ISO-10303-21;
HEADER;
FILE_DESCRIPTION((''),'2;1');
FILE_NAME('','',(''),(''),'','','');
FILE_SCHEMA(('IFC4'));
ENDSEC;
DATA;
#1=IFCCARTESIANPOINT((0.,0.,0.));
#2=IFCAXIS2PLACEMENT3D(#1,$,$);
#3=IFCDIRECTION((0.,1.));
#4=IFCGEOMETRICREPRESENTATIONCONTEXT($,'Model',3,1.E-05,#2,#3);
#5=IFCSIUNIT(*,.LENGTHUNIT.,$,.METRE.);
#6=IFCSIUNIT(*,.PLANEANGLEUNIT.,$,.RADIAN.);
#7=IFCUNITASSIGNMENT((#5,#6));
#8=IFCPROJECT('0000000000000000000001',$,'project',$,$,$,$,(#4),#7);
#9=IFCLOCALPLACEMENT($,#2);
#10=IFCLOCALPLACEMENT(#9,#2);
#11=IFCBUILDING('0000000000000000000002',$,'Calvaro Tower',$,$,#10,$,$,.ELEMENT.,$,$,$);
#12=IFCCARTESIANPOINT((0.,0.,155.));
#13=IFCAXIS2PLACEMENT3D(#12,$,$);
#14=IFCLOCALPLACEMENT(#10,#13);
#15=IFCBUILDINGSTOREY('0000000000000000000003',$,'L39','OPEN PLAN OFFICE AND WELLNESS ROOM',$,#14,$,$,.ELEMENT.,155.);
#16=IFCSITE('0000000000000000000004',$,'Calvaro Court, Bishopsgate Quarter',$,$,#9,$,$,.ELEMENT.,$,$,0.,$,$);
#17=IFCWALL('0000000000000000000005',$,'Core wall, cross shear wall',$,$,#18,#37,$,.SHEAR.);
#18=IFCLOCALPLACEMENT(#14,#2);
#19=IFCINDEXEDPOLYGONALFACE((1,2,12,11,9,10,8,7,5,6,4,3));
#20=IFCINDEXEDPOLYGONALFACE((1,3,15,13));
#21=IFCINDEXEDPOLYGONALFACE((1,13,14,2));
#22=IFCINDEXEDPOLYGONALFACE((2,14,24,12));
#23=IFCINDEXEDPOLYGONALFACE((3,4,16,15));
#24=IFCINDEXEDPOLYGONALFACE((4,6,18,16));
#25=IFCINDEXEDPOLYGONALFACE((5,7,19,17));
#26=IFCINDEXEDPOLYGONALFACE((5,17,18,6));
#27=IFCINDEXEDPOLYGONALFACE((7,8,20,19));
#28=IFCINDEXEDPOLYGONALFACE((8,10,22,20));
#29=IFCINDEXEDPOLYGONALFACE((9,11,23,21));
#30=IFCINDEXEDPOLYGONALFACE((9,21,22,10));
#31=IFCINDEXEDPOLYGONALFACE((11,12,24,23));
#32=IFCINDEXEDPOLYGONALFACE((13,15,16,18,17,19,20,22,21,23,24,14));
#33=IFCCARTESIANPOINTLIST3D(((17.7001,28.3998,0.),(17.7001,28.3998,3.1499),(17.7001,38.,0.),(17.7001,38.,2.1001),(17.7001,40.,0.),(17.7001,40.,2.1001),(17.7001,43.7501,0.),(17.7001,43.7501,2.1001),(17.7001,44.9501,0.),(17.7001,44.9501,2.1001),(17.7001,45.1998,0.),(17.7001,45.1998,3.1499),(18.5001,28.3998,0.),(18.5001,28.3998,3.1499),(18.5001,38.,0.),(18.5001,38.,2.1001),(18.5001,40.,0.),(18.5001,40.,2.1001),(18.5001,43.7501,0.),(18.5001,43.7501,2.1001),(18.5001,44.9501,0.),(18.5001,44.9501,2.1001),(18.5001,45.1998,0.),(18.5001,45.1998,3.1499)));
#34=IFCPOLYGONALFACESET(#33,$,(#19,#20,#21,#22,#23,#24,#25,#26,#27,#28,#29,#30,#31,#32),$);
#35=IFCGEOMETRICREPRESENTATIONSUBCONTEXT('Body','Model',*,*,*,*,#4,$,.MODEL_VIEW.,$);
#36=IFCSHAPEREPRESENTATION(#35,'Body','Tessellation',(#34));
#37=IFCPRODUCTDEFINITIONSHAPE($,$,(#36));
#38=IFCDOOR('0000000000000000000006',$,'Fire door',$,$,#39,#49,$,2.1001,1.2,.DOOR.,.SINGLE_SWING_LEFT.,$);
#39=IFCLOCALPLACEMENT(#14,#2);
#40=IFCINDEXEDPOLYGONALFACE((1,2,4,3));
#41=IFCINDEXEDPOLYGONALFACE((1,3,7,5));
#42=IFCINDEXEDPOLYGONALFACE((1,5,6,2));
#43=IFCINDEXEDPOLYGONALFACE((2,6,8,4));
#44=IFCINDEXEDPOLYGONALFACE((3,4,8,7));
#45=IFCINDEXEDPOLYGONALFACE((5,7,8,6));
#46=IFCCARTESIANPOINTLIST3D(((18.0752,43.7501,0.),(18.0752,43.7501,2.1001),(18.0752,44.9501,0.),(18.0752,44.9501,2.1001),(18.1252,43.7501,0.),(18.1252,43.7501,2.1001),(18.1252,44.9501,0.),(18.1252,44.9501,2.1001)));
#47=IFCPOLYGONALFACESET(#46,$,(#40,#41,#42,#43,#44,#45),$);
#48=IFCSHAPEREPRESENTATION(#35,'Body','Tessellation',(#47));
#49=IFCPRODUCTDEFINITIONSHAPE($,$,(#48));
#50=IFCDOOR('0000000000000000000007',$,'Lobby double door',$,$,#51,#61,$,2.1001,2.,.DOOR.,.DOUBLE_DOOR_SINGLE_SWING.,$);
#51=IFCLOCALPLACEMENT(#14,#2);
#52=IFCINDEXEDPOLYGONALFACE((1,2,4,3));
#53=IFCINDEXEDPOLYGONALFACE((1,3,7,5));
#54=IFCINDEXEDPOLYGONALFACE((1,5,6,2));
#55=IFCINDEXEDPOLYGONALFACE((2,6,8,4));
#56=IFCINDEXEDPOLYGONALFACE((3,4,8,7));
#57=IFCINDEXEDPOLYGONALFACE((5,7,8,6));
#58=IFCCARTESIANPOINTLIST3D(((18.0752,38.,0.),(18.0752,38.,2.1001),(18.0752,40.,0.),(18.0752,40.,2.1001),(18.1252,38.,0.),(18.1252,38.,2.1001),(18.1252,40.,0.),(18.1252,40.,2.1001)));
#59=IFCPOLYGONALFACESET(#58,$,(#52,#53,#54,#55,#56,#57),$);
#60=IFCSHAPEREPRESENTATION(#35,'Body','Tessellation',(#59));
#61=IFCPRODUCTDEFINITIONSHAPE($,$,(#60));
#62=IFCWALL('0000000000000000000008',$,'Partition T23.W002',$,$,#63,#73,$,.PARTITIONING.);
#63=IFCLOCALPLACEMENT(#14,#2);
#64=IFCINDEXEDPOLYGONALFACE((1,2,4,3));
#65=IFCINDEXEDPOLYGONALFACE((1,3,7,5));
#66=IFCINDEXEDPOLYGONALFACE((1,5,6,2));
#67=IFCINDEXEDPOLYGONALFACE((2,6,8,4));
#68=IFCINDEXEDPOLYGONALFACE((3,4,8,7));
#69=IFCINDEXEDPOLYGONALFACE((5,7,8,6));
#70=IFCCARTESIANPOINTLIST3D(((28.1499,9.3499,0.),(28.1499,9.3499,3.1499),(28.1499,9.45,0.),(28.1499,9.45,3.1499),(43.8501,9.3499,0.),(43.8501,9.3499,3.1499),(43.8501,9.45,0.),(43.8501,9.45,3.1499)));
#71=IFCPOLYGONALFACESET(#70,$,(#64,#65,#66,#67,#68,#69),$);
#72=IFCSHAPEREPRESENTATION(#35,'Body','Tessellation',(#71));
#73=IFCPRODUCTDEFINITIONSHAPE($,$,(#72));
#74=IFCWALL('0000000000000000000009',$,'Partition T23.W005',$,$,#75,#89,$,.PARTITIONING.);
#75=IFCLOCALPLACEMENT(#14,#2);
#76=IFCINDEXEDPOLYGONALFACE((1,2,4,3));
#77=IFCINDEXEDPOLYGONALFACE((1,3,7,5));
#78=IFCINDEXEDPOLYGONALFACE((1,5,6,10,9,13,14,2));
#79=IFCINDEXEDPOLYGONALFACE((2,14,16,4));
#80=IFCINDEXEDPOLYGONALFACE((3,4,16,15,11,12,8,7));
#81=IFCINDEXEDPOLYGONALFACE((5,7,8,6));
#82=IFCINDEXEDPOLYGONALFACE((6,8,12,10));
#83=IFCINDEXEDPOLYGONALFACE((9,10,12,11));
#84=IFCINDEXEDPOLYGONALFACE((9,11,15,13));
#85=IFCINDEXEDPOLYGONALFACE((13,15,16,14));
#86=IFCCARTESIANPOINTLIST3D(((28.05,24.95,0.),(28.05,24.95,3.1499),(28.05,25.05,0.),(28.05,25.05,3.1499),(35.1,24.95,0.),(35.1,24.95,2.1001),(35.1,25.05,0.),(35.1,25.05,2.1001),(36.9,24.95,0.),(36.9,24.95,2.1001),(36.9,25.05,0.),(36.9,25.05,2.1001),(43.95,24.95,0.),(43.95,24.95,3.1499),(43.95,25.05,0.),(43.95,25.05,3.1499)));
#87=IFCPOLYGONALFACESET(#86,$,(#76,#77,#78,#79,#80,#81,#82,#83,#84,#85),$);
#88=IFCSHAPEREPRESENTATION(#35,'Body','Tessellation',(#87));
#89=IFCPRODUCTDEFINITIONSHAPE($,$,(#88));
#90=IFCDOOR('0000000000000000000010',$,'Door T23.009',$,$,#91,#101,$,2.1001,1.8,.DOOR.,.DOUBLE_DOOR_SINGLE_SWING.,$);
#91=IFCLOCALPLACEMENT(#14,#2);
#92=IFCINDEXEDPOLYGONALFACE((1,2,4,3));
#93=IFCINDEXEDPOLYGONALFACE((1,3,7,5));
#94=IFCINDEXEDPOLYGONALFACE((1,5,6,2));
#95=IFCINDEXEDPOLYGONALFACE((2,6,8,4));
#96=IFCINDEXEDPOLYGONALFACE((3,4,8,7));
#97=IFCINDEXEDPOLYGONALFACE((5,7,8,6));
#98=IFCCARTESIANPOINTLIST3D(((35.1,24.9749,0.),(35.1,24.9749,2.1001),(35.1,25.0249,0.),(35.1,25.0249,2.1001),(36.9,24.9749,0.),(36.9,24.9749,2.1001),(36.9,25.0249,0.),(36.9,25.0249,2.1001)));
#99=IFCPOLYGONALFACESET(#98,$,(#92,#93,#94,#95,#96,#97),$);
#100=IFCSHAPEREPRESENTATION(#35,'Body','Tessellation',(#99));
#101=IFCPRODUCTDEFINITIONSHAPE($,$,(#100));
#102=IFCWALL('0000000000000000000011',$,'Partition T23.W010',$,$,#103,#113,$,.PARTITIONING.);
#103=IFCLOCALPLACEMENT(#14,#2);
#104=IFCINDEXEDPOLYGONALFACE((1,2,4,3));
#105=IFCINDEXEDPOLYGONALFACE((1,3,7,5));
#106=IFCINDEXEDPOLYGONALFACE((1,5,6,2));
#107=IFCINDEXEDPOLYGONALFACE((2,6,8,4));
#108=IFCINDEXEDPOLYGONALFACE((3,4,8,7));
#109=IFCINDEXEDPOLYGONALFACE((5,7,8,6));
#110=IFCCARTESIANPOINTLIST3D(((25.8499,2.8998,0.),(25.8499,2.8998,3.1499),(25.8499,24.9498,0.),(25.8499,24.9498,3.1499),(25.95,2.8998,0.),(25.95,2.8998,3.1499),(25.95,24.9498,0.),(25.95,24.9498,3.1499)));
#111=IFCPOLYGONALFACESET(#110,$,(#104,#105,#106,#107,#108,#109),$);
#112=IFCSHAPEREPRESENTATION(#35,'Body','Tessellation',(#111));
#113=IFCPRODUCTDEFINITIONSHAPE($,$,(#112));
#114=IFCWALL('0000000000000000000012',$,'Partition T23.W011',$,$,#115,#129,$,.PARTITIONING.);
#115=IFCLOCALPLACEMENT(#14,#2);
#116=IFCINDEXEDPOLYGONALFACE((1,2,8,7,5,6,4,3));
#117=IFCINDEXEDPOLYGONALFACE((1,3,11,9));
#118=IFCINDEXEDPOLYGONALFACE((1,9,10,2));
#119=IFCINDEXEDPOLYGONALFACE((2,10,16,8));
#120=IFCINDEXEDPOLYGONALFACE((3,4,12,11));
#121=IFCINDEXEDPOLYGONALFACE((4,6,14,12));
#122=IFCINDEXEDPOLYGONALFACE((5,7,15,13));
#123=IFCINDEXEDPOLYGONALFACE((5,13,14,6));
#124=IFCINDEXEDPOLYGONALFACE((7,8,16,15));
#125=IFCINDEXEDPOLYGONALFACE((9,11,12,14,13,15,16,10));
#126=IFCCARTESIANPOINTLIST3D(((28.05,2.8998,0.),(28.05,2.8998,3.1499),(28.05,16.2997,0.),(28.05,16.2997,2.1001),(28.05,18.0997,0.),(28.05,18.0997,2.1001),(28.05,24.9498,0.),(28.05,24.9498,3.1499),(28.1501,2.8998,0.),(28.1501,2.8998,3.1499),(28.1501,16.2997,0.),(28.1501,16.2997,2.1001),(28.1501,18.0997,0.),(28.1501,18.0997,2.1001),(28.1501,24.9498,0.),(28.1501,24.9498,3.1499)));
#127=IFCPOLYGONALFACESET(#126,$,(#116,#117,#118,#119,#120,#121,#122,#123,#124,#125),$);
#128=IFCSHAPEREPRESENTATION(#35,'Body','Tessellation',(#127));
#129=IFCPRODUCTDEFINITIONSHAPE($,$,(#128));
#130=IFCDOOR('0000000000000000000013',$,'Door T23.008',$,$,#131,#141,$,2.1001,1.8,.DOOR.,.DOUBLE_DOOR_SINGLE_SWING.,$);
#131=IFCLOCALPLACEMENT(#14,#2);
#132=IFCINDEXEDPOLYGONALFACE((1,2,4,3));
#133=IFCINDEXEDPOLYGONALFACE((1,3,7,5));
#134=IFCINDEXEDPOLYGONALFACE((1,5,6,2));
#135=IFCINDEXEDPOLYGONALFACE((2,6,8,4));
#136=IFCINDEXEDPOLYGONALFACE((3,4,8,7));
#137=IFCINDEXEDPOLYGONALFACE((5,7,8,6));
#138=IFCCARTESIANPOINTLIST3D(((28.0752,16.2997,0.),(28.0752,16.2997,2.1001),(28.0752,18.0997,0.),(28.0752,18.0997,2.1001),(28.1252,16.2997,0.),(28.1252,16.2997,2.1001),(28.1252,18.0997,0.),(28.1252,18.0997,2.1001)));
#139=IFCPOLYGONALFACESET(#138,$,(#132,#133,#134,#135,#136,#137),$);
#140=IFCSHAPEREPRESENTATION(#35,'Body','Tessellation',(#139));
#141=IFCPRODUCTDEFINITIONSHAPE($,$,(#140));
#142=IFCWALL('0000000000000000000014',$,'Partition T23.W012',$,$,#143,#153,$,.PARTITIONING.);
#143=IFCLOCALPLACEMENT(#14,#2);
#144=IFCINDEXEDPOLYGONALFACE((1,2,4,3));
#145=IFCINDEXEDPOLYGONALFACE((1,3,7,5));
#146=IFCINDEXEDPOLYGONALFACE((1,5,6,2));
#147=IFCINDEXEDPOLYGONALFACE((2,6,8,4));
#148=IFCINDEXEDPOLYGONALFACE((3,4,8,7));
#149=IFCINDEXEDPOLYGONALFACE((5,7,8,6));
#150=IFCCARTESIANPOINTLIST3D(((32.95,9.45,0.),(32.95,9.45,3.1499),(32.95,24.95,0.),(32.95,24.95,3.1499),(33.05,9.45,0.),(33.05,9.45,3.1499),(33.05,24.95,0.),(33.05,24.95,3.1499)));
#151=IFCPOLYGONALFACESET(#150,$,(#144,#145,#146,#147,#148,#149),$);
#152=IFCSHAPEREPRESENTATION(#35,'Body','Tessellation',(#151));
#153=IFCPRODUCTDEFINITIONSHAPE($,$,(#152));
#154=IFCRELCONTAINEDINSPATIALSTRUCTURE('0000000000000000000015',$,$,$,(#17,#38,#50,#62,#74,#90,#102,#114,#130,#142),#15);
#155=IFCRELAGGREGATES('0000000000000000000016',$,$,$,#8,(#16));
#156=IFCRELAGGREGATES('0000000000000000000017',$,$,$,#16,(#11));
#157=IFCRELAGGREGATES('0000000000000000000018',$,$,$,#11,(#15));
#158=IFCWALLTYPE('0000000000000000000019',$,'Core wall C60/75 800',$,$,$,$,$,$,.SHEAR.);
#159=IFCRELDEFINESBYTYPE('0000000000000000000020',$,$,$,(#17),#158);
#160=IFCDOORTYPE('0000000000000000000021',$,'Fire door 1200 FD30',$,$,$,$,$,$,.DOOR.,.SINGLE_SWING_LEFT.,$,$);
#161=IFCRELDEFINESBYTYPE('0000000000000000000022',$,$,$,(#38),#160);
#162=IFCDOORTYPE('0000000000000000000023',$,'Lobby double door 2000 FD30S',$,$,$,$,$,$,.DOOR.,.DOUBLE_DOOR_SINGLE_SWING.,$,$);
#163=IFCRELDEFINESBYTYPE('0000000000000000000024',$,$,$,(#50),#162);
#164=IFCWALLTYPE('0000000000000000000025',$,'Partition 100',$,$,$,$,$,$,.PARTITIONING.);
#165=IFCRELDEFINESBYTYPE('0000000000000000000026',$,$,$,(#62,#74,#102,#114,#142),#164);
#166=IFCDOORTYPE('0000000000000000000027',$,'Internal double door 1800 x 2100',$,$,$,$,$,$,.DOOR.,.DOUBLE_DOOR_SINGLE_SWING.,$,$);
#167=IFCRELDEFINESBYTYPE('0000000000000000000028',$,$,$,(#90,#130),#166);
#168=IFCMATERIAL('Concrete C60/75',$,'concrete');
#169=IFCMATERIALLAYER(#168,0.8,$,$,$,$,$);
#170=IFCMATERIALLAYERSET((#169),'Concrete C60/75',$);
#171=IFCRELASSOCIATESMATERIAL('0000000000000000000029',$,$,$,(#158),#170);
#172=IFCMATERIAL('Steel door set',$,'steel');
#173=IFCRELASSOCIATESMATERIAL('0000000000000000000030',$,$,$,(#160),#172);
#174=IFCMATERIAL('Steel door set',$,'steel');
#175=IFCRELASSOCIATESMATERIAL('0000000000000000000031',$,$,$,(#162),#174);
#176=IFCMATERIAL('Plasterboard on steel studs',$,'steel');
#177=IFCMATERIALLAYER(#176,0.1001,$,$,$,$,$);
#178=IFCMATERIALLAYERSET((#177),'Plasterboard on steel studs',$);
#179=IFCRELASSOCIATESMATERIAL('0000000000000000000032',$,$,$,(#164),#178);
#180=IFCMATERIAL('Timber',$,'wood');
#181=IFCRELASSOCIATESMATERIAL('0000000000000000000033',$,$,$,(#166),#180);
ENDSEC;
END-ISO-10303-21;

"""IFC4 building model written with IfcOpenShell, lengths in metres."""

from ifc_helpers import new_model, si_unit, direction, frame, frame_2d, origin, place, context, subcontext, project, spatial, rectangle, extrude, material, layer, layer_set, type_object, element, fill, save


model = new_model("IFC4")

# Units and contexts
model_context = context("Model", 3, precision=1e-05, world=origin(), true_north=direction((0.0, 1.0)))
body_context = subcontext(model_context, "Body", "Model", "MODEL_VIEW")
ifc_project = project(units=[si_unit("LENGTHUNIT", "METRE"), si_unit("PLANEANGLEUNIT", "RADIAN")], contexts=[model_context])

# Site, building, storey
site_placement = place(None, origin())
site = spatial("IfcSite", under=ifc_project, at=site_placement, Name="Calvaro Court, Bishopsgate Quarter", CompositionType="ELEMENT", RefElevation=0.0)
building_placement = place(site_placement, origin())
building = spatial("IfcBuilding", under=site, at=building_placement, Name="Calvaro Tower", CompositionType="ELEMENT")
storey_placement = place(building_placement, frame((0.0, 0.0, 155.0)))
storey = spatial("IfcBuildingStorey", under=building, at=storey_placement, Name="L39", Description="OPEN PLAN OFFICE AND WELLNESS ROOM", CompositionType="ELEMENT", Elevation=155.0)

# Wall, openings, doors
ifc_material_1 = material(Name="Concrete C60/75", Category="concrete")
ifc_layer_1 = layer(ifc_material_1, 0.8)
ifc_layer_set_1 = layer_set([ifc_layer_1], Name="Concrete C60/75")
wall_type_1 = type_object("IfcWallType", Name="Core wall C60/75 800", PredefinedType="SHEAR", material=ifc_layer_set_1)
wall_1_placement = place(storey_placement, frame((18.1001, 28.3999, 0.0), z_axis=(0.0, 0.0, 1.0), x_axis=(0.0, 1.0, 0.0)))
wall_1 = element("IfcWall", 1, at=wall_1_placement, inside=storey, type_object=wall_type_1, Name="Core wall, cross shear wall", PredefinedType="SHEAR", context=body_context, shape_type="SweptSolid", body=[
    extrude(rectangle(XDim=16.8, YDim=0.8, at=frame_2d((8.3999, 0.0))), origin(), (0.0, 0.0, 1.0), 3.1499),
])
opening_1_placement = place(wall_1_placement, frame((9.6001, 0.0, 0.0)))
opening_1 = element("IfcOpeningElement", 2, at=opening_1_placement, cuts=wall_1, PredefinedType="OPENING", context=body_context, shape_type="SweptSolid", body=[
    extrude(rectangle(XDim=2.0, YDim=2.1001, at=frame_2d((1.0, 1.05))), frame((0.0, 0.4099, 0.0), z_axis=(0.0, -1.0, 0.0), x_axis=(1.0, 0.0, 0.0)), (0.0, 0.0, 1.0), 0.8201),
])
opening_2_placement = place(wall_1_placement, frame((15.3501, 0.0, 0.0)))
opening_2 = element("IfcOpeningElement", 3, at=opening_2_placement, cuts=wall_1, PredefinedType="OPENING", context=body_context, shape_type="SweptSolid", body=[
    extrude(rectangle(XDim=1.2, YDim=2.1001, at=frame_2d((0.6001, 1.05))), frame((0.0, 0.4099, 0.0), z_axis=(0.0, -1.0, 0.0), x_axis=(1.0, 0.0, 0.0)), (0.0, 0.0, 1.0), 0.8201),
])
ifc_material_2 = material(Name="Steel door set", Category="steel")
door_type_1 = type_object("IfcDoorType", Name="Fire door 1200 FD30", OperationType="SINGLE_SWING_LEFT", PredefinedType="DOOR", material=ifc_material_2)
door_1_placement = place(opening_2_placement, origin())
door_1 = element("IfcDoor", 4, at=door_1_placement, inside=storey, type_object=door_type_1, Name="Fire door", OperationType="SINGLE_SWING_LEFT", OverallHeight=2.1001, OverallWidth=1.2, PredefinedType="DOOR", context=body_context, shape_type="SweptSolid", body=[
    extrude(rectangle(XDim=1.2, YDim=2.1001, at=frame_2d((0.6001, 1.05))), frame((0.0, 0.0249, 0.0), z_axis=(0.0, -1.0, 0.0), x_axis=(1.0, 0.0, 0.0)), (0.0, 0.0, 1.0), 0.05),
])
fill(opening_2, door_1)
ifc_material_3 = material(Name="Steel door set", Category="steel")
door_type_2 = type_object("IfcDoorType", Name="Lobby double door 2000 FD30S", OperationType="DOUBLE_DOOR_SINGLE_SWING", PredefinedType="DOOR", material=ifc_material_3)
door_2_placement = place(opening_1_placement, origin())
door_2 = element("IfcDoor", 5, at=door_2_placement, inside=storey, type_object=door_type_2, Name="Lobby double door", OperationType="DOUBLE_DOOR_SINGLE_SWING", OverallHeight=2.1001, OverallWidth=2.0, PredefinedType="DOOR", context=body_context, shape_type="SweptSolid", body=[
    extrude(rectangle(XDim=2.0, YDim=2.1001, at=frame_2d((1.0, 1.05))), frame((0.0, 0.0249, 0.0), z_axis=(0.0, -1.0, 0.0), x_axis=(1.0, 0.0, 0.0)), (0.0, 0.0, 1.0), 0.05),
])
fill(opening_1, door_2)

# Wall
ifc_material_4 = material(Name="Plasterboard on steel studs", Category="steel")
ifc_layer_2 = layer(ifc_material_4, 0.1001)
ifc_layer_set_2 = layer_set([ifc_layer_2], Name="Plasterboard on steel studs")
wall_type_2 = type_object("IfcWallType", Name="Partition 100", PredefinedType="PARTITIONING", material=ifc_layer_set_2)
wall_2_placement = place(storey_placement, frame((28.1499, 9.3999, 0.0), z_axis=(0.0, 0.0, 1.0), x_axis=(1.0, 0.0, 0.0)))
element("IfcWall", 6, at=wall_2_placement, inside=storey, type_object=wall_type_2, Name="Partition T23.W002", PredefinedType="PARTITIONING", context=body_context, shape_type="SweptSolid", body=[
    extrude(rectangle(XDim=15.7002, YDim=0.1001, at=frame_2d((7.8501, 0.0))), origin(), (0.0, 0.0, 1.0), 3.1499),
])

# Wall, opening, door
wall_3_placement = place(storey_placement, frame((28.05, 25.0, 0.0), z_axis=(0.0, 0.0, 1.0), x_axis=(1.0, 0.0, 0.0)))
wall_3 = element("IfcWall", 7, at=wall_3_placement, inside=storey, type_object=wall_type_2, Name="Partition T23.W005", PredefinedType="PARTITIONING", context=body_context, shape_type="SweptSolid", body=[
    extrude(rectangle(XDim=15.8999, YDim=0.1001, at=frame_2d((7.95, 0.0))), origin(), (0.0, 0.0, 1.0), 3.1499),
])
opening_3_placement = place(wall_3_placement, frame((7.05, 0.0, 0.0)))
opening_3 = element("IfcOpeningElement", 8, at=opening_3_placement, cuts=wall_3, PredefinedType="OPENING", context=body_context, shape_type="SweptSolid", body=[
    extrude(rectangle(XDim=1.8, YDim=2.1001, at=frame_2d((0.8999, 1.05))), frame((0.0, 0.0601, 0.0), z_axis=(0.0, -1.0, 0.0), x_axis=(1.0, 0.0, 0.0)), (0.0, 0.0, 1.0), 0.1201),
])
ifc_material_5 = material(Name="Timber", Category="wood")
door_type_3 = type_object("IfcDoorType", Name="Internal double door 1800 x 2100", OperationType="DOUBLE_DOOR_SINGLE_SWING", PredefinedType="DOOR", material=ifc_material_5)
door_3_placement = place(opening_3_placement, origin())
door_3 = element("IfcDoor", 9, at=door_3_placement, inside=storey, type_object=door_type_3, Name="Door T23.009", OperationType="DOUBLE_DOOR_SINGLE_SWING", OverallHeight=2.1001, OverallWidth=1.8, PredefinedType="DOOR", context=body_context, shape_type="SweptSolid", body=[
    extrude(rectangle(XDim=1.8, YDim=2.1001, at=frame_2d((0.8999, 1.05))), frame((0.0, 0.0249, 0.0), z_axis=(0.0, -1.0, 0.0), x_axis=(1.0, 0.0, 0.0)), (0.0, 0.0, 1.0), 0.05),
])
fill(opening_3, door_3)

# Wall
wall_4_placement = place(storey_placement, frame((25.8999, 2.8999, 0.0), z_axis=(0.0, 0.0, 1.0), x_axis=(0.0, 1.0, 0.0)))
element("IfcWall", 10, at=wall_4_placement, inside=storey, type_object=wall_type_2, Name="Partition T23.W010", PredefinedType="PARTITIONING", context=body_context, shape_type="SweptSolid", body=[
    extrude(rectangle(XDim=22.05, YDim=0.1001, at=frame_2d((11.0249, 0.0))), origin(), (0.0, 0.0, 1.0), 3.1499),
])

# Wall, opening, door
wall_5_placement = place(storey_placement, frame((28.1001, 2.8999, 0.0), z_axis=(0.0, 0.0, 1.0), x_axis=(0.0, 1.0, 0.0)))
wall_5 = element("IfcWall", 11, at=wall_5_placement, inside=storey, type_object=wall_type_2, Name="Partition T23.W011", PredefinedType="PARTITIONING", context=body_context, shape_type="SweptSolid", body=[
    extrude(rectangle(XDim=22.05, YDim=0.1001, at=frame_2d((11.0249, 0.0))), origin(), (0.0, 0.0, 1.0), 3.1499),
])
opening_4_placement = place(wall_5_placement, frame((13.3999, 0.0, 0.0)))
opening_4 = element("IfcOpeningElement", 12, at=opening_4_placement, cuts=wall_5, PredefinedType="OPENING", context=body_context, shape_type="SweptSolid", body=[
    extrude(rectangle(XDim=1.8, YDim=2.1001, at=frame_2d((0.8999, 1.05))), frame((0.0, 0.0601, 0.0), z_axis=(0.0, -1.0, 0.0), x_axis=(1.0, 0.0, 0.0)), (0.0, 0.0, 1.0), 0.1201),
])
door_4_placement = place(opening_4_placement, origin())
door_4 = element("IfcDoor", 13, at=door_4_placement, inside=storey, type_object=door_type_3, Name="Door T23.008", OperationType="DOUBLE_DOOR_SINGLE_SWING", OverallHeight=2.1001, OverallWidth=1.8, PredefinedType="DOOR", context=body_context, shape_type="SweptSolid", body=[
    extrude(rectangle(XDim=1.8, YDim=2.1001, at=frame_2d((0.8999, 1.05))), frame((0.0, 0.0249, 0.0), z_axis=(0.0, -1.0, 0.0), x_axis=(1.0, 0.0, 0.0)), (0.0, 0.0, 1.0), 0.05),
])
fill(opening_4, door_4)

# Wall
wall_6_placement = place(storey_placement, frame((33.0, 9.45, 0.0), z_axis=(0.0, 0.0, 1.0), x_axis=(0.0, 1.0, 0.0)))
element("IfcWall", 14, at=wall_6_placement, inside=storey, type_object=wall_type_2, Name="Partition T23.W012", PredefinedType="PARTITIONING", context=body_context, shape_type="SweptSolid", body=[
    extrude(rectangle(XDim=15.5, YDim=0.1001, at=frame_2d((7.75, 0.0))), origin(), (0.0, 0.0, 1.0), 3.1499),
])

save(model, "model.ifc")
